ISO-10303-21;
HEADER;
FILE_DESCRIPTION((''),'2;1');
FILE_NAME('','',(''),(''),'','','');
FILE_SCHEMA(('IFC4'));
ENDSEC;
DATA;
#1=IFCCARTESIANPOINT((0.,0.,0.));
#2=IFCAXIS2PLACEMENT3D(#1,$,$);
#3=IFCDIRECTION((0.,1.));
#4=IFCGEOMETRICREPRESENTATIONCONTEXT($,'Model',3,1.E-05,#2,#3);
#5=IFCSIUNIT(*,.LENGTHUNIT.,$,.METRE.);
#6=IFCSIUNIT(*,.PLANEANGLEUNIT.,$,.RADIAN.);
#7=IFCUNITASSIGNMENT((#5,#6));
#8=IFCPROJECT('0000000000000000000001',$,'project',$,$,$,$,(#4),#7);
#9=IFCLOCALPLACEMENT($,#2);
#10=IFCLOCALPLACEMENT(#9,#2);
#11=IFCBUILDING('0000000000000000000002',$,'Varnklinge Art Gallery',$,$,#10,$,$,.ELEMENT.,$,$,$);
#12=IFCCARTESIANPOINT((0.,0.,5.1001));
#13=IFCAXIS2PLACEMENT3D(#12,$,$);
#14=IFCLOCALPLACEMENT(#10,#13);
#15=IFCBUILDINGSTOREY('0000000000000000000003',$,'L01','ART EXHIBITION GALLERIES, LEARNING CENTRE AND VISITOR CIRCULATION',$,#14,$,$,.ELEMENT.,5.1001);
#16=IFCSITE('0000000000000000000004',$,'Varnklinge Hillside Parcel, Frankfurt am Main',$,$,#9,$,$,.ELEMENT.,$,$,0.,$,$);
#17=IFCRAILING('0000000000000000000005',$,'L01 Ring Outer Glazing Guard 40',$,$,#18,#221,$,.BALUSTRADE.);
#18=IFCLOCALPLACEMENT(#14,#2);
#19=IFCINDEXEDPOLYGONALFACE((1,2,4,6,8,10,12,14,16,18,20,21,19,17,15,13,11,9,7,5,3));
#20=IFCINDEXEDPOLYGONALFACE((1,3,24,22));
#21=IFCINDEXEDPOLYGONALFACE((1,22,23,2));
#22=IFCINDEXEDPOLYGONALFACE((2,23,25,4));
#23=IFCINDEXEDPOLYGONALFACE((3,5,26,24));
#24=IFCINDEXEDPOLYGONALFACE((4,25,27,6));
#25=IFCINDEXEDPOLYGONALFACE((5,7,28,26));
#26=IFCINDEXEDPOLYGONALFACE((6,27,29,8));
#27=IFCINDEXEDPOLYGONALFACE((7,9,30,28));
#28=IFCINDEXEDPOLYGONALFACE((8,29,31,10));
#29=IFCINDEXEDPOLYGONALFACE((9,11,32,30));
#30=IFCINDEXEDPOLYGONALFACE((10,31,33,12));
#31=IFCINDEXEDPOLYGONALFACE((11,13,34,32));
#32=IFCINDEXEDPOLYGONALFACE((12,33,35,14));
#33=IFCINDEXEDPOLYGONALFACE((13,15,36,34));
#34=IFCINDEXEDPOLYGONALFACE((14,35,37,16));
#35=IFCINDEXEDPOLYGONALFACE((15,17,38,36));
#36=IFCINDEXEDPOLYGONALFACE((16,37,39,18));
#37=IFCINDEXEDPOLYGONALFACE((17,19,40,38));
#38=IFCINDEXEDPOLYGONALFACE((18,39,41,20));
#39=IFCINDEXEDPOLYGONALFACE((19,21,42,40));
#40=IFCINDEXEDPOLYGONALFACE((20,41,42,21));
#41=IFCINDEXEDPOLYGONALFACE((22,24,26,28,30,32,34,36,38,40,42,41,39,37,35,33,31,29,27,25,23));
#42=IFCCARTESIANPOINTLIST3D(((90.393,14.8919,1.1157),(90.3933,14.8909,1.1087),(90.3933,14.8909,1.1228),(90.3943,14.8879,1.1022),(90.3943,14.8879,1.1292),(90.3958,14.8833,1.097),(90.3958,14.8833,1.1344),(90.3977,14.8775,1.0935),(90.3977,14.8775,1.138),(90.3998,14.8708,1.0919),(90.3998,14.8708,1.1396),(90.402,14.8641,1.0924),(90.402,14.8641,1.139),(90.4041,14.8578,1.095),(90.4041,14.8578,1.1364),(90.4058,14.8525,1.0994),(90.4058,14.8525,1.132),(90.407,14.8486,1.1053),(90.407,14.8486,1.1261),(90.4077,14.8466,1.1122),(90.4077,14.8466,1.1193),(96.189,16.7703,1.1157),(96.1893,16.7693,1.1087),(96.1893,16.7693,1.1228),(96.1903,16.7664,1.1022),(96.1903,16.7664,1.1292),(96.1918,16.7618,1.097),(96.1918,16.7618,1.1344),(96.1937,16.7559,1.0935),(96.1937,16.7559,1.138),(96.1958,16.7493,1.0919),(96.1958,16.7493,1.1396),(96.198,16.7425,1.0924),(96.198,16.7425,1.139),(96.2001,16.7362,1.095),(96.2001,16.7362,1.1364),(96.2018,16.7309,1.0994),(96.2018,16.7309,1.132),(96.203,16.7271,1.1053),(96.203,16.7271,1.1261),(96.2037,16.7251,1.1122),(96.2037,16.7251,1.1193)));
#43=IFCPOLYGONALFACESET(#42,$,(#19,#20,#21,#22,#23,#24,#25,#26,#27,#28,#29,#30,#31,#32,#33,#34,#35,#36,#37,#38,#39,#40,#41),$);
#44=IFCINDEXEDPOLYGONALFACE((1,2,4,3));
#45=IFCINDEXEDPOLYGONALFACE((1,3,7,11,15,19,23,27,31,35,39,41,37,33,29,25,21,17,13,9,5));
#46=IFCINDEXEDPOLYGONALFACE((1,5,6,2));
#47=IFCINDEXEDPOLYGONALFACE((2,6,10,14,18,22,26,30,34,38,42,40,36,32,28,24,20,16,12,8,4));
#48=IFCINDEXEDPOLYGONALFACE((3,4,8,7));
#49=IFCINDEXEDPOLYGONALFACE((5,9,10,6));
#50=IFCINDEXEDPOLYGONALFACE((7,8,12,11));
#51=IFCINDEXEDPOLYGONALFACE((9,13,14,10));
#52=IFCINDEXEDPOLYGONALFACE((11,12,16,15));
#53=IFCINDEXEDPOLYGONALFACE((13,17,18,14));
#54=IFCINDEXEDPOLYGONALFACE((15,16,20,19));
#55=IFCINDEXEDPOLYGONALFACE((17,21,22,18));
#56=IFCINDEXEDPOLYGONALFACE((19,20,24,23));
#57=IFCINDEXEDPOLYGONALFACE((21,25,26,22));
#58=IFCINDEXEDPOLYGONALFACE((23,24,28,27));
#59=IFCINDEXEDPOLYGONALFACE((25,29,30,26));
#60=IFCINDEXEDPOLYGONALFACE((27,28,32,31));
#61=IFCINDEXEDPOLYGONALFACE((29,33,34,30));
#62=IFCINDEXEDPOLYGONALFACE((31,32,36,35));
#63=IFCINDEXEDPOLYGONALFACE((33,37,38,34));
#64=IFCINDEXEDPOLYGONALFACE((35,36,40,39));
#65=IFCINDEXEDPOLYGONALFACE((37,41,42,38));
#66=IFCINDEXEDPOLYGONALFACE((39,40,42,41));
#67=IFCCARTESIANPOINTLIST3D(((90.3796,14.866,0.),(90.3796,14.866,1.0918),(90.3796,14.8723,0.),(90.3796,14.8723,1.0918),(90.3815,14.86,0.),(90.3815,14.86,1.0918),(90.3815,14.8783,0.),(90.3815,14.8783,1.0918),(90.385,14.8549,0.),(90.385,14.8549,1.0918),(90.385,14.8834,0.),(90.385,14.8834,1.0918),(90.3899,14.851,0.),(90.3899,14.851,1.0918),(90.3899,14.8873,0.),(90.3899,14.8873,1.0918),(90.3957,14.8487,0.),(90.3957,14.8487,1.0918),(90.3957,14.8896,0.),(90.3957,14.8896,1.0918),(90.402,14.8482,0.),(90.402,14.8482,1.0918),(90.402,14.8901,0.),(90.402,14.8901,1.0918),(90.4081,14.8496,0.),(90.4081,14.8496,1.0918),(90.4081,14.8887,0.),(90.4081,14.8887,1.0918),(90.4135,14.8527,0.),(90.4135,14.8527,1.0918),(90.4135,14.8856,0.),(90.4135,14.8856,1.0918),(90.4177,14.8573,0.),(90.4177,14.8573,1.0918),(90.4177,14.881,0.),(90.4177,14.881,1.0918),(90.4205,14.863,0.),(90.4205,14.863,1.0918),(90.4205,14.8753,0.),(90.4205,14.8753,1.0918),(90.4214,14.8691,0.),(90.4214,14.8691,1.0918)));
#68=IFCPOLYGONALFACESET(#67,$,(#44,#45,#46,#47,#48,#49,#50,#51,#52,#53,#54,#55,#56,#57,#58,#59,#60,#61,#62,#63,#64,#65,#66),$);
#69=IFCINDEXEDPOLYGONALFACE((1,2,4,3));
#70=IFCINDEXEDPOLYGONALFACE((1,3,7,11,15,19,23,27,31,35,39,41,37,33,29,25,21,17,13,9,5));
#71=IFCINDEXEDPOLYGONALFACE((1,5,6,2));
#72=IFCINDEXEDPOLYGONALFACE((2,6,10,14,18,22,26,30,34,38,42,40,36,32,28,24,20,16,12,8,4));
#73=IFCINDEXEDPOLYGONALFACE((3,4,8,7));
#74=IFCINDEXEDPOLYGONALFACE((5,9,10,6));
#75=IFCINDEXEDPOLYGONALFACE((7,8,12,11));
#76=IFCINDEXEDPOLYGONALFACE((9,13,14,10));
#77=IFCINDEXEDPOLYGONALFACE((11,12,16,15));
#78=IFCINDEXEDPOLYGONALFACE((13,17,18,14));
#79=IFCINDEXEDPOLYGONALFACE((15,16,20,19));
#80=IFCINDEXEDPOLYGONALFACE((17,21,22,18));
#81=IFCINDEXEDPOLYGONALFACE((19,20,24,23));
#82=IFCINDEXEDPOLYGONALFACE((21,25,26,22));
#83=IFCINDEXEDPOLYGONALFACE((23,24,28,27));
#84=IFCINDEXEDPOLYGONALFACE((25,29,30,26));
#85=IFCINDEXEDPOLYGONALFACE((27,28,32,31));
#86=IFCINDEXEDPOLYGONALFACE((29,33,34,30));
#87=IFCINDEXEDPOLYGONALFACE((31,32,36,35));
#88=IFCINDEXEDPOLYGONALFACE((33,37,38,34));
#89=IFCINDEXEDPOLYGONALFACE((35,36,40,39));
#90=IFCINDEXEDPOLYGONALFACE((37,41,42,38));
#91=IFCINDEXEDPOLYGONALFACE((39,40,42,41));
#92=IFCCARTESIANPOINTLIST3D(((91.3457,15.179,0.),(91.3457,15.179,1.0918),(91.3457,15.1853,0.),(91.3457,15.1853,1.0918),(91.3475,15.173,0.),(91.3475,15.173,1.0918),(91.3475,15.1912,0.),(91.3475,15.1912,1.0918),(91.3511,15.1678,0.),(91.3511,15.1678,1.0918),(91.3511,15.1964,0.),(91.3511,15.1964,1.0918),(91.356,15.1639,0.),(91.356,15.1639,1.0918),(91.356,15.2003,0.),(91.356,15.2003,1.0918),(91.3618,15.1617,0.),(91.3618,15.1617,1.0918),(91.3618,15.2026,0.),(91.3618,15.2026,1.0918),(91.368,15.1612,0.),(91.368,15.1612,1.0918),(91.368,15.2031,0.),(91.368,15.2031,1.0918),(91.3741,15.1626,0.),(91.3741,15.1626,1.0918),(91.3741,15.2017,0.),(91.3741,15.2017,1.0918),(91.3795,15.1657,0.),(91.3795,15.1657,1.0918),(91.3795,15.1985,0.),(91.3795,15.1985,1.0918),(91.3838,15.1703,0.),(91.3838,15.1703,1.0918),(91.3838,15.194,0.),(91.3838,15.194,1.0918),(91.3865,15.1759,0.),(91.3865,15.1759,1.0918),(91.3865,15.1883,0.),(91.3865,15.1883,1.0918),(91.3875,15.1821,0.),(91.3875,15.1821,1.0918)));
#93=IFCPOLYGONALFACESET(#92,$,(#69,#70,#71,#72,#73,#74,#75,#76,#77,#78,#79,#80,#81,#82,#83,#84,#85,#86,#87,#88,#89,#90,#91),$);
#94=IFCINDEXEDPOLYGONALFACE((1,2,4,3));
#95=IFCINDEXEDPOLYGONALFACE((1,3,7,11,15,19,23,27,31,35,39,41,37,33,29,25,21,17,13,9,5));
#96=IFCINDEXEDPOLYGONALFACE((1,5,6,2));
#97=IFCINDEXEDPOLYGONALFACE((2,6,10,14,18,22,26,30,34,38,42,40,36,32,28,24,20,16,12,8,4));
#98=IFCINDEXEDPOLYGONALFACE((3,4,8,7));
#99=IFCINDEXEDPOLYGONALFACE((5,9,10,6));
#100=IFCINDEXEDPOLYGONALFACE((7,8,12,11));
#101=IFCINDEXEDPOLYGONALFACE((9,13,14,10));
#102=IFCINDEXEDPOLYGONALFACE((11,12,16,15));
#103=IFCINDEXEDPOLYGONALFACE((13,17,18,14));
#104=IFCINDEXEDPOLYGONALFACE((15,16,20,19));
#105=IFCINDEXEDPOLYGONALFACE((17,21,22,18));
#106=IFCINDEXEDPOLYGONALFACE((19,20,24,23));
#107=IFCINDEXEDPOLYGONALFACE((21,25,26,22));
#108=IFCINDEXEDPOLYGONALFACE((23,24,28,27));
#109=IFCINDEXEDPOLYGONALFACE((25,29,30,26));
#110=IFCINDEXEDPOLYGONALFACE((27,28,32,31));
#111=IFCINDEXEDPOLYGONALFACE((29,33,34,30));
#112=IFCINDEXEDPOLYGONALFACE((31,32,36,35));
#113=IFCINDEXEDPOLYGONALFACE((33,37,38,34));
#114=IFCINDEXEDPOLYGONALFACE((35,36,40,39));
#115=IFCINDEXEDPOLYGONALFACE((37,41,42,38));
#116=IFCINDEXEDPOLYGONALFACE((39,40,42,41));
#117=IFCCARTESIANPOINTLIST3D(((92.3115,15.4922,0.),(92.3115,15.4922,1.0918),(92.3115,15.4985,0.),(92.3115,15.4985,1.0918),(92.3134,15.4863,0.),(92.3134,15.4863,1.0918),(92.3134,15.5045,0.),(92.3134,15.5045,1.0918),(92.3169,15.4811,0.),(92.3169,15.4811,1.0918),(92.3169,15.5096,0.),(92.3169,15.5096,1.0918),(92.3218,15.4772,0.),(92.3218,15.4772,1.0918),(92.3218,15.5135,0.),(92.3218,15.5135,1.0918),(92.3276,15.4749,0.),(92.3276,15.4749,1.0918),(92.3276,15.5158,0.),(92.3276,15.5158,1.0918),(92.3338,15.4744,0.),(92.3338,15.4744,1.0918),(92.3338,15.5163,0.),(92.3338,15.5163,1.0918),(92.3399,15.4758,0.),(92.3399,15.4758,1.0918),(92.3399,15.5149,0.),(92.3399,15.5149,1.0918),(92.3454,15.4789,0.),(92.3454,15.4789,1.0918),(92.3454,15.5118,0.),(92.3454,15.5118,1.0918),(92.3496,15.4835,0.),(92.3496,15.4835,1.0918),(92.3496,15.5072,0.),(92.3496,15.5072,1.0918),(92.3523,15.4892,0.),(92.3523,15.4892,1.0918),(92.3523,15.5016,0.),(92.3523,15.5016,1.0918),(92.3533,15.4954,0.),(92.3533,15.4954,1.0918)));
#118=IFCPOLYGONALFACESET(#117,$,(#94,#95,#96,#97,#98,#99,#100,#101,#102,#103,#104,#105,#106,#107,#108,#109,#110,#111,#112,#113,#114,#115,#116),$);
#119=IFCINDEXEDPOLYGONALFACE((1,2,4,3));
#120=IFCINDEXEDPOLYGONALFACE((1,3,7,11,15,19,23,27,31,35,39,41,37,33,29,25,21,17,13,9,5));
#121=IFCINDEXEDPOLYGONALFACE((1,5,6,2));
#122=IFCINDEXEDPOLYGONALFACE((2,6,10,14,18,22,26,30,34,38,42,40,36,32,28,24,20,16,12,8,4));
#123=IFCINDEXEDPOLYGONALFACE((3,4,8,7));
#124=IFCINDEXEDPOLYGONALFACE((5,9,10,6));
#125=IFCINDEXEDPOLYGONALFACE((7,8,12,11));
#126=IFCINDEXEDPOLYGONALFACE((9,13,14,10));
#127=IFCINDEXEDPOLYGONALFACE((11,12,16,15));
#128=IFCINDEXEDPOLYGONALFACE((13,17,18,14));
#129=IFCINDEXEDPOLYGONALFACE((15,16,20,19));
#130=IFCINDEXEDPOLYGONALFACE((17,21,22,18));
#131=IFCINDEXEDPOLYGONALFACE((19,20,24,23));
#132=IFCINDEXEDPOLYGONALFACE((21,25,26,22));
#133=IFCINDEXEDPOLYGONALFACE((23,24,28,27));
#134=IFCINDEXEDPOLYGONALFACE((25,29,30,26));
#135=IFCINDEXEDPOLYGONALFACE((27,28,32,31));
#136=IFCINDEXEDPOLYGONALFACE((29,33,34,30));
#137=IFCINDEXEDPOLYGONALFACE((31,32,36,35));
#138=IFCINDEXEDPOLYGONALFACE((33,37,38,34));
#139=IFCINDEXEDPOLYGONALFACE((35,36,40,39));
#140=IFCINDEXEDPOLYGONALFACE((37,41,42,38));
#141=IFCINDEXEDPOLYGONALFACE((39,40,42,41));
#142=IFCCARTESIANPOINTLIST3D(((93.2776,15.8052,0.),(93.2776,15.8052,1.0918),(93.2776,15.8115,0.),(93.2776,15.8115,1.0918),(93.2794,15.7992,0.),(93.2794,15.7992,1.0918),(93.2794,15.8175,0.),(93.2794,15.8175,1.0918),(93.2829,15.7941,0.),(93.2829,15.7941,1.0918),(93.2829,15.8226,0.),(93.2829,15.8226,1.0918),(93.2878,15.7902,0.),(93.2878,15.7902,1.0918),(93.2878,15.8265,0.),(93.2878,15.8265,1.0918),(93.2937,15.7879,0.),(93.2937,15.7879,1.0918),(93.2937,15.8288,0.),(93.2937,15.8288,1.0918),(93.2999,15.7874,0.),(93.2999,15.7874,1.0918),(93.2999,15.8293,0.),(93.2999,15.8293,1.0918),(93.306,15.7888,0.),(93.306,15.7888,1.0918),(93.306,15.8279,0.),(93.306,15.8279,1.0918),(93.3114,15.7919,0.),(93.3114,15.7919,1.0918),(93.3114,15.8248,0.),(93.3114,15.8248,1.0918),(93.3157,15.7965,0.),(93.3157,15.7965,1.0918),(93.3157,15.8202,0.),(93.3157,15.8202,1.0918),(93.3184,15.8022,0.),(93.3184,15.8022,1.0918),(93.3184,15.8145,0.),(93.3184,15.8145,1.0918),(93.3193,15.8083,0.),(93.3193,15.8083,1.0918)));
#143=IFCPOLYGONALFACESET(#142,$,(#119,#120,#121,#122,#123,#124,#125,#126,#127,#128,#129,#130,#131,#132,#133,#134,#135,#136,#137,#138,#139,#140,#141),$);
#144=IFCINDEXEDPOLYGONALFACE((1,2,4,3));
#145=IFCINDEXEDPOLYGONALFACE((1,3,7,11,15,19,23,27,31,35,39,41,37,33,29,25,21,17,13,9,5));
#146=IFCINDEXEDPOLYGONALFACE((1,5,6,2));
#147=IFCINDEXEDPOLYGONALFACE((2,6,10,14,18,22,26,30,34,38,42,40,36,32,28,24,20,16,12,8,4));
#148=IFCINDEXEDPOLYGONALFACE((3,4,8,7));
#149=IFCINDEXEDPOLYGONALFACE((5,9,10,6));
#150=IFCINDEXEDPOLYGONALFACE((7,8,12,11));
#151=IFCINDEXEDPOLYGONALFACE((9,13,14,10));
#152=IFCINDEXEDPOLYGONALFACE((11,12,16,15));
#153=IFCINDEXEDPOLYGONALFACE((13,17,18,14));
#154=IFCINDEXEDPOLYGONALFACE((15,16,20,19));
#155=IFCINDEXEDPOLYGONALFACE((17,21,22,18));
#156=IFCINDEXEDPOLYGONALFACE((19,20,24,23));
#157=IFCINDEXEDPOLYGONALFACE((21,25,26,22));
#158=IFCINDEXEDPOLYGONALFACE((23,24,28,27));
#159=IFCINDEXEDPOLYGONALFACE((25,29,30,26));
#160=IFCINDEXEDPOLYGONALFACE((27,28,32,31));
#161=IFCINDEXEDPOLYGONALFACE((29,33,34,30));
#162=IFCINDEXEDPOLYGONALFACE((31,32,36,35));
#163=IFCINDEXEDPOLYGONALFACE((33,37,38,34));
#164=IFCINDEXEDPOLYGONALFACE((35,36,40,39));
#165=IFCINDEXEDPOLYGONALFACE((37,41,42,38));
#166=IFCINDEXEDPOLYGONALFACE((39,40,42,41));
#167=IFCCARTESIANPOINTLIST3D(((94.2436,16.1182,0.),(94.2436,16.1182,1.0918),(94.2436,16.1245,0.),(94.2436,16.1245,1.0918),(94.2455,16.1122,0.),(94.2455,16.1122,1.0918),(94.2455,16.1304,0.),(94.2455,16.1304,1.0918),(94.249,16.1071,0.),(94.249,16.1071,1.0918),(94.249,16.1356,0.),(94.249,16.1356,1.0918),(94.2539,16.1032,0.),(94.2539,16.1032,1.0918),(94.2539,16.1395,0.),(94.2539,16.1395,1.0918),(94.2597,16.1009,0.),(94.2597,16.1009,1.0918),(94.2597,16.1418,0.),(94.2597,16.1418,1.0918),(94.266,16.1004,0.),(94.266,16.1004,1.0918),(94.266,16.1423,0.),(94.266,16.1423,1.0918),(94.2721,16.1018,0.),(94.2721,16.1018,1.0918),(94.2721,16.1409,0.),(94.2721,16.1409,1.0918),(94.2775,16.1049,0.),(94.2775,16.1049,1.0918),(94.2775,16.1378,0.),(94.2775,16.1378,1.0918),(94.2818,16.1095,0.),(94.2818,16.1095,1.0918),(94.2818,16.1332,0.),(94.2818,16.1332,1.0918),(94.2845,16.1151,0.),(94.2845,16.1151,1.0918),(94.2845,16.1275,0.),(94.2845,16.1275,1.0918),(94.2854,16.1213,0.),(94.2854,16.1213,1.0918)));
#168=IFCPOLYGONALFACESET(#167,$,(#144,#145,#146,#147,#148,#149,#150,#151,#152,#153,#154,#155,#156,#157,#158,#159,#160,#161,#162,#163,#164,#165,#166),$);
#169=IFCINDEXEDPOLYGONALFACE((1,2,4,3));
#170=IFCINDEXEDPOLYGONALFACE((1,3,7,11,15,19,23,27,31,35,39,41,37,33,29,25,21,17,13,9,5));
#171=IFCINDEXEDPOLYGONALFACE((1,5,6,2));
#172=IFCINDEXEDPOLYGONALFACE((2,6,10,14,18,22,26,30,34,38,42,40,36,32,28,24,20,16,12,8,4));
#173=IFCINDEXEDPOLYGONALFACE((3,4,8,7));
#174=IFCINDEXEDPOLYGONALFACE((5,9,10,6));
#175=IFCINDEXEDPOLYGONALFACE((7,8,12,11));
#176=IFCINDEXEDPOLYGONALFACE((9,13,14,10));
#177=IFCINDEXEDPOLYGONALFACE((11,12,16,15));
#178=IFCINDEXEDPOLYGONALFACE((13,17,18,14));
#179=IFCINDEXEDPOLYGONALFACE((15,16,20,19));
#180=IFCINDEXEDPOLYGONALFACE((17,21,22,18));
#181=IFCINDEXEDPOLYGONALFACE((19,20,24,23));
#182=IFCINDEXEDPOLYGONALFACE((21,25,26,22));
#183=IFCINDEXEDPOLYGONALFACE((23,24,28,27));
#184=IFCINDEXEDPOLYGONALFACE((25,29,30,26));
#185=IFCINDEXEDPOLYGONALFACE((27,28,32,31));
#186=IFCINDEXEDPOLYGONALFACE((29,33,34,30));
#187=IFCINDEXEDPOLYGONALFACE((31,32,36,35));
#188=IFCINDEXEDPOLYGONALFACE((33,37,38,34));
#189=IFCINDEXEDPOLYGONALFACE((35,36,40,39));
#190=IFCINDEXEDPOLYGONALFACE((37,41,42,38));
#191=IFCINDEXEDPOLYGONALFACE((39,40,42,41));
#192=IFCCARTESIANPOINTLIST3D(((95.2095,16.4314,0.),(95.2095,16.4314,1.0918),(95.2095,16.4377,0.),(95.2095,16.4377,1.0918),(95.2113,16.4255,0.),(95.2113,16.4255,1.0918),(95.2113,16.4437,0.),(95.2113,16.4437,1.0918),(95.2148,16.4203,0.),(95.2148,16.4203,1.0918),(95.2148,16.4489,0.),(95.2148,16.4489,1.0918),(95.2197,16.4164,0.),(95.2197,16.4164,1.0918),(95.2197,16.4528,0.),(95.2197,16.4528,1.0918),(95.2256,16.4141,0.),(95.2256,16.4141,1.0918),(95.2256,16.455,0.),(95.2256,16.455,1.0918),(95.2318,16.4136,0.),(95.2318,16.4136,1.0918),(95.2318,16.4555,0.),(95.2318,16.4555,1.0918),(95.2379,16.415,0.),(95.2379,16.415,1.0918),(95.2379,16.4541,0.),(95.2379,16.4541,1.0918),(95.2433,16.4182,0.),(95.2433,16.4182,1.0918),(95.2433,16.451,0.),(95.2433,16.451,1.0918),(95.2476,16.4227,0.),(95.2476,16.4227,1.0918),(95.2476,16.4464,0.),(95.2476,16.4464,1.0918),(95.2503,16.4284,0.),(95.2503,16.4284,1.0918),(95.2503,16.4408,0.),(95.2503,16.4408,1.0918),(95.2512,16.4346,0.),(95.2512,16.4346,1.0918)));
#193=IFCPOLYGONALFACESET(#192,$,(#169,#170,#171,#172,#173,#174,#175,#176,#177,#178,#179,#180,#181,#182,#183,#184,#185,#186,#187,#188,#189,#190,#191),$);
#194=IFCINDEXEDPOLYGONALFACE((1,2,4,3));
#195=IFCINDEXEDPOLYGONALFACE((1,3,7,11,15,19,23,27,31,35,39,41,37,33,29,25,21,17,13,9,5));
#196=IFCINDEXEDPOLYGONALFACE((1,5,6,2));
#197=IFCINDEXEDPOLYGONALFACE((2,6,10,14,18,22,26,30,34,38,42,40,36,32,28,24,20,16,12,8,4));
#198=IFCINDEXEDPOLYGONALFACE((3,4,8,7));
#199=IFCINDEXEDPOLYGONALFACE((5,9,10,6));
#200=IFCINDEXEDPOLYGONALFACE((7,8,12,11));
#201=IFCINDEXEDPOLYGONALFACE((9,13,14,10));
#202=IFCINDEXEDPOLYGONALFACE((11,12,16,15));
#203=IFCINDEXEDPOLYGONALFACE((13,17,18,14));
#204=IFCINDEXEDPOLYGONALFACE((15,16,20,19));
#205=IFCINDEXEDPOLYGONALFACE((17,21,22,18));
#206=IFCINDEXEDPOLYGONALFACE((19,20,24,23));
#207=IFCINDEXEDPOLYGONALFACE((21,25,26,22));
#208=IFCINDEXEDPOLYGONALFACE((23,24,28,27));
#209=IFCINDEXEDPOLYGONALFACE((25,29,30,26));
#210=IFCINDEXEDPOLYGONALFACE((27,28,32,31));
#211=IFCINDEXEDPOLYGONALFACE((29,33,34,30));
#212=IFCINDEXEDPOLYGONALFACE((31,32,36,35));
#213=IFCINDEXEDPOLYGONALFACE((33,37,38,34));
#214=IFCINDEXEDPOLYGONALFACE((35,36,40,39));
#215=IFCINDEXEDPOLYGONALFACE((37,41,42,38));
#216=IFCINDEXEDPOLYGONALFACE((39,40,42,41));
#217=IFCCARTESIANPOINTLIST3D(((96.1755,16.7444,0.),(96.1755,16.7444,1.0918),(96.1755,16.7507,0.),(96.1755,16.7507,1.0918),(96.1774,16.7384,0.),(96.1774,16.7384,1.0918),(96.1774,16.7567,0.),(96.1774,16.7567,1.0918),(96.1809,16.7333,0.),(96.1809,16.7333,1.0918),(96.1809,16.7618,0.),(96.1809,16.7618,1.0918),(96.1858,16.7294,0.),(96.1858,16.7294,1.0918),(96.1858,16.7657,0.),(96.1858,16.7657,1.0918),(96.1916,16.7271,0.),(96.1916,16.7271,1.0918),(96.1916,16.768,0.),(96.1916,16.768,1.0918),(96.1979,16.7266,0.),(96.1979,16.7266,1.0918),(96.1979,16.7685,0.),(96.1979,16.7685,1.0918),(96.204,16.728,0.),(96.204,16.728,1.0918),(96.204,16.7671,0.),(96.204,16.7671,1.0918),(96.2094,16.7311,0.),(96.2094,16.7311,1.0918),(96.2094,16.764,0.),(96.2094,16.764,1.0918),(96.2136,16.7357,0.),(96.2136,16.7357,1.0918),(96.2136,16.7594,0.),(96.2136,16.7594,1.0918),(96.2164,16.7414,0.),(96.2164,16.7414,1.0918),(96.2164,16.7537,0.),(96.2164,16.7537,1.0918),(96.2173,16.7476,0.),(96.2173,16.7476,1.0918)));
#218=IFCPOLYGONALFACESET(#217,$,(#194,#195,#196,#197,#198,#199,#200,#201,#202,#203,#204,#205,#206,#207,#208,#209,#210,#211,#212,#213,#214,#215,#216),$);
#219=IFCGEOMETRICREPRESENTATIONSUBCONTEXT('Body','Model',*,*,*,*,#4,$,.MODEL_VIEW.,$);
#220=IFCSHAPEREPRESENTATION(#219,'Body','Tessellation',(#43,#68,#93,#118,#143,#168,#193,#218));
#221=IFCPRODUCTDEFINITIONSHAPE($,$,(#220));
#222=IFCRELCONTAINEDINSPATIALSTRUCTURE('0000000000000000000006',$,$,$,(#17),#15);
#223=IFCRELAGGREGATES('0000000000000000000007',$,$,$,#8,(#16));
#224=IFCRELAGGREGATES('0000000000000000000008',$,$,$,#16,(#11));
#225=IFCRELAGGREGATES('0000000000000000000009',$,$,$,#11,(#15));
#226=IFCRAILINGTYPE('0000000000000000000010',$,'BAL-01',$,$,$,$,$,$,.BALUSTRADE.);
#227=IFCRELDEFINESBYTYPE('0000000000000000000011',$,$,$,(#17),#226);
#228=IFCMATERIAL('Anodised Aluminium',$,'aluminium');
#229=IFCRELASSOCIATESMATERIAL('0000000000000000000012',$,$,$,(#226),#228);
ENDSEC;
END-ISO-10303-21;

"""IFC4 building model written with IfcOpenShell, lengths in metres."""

from ifc_helpers import new_model, si_unit, direction, frame, origin, origin_2d, place, context, subcontext, project, spatial, circle, extrude, material, type_object, element, save


model = new_model("IFC4")

# Units and contexts
model_context = context("Model", 3, precision=1e-05, world=origin(), true_north=direction((0.0, 1.0)))
body_context = subcontext(model_context, "Body", "Model", "MODEL_VIEW")
ifc_project = project(units=[si_unit("LENGTHUNIT", "METRE"), si_unit("PLANEANGLEUNIT", "RADIAN")], contexts=[model_context])

# Site, building, storey
site_placement = place(None, origin())
site = spatial("IfcSite", under=ifc_project, at=site_placement, Name="Varnklinge Hillside Parcel, Frankfurt am Main", CompositionType="ELEMENT", RefElevation=0.0)
building_placement = place(site_placement, origin())
building = spatial("IfcBuilding", under=site, at=building_placement, Name="Varnklinge Art Gallery", CompositionType="ELEMENT")
storey_placement = place(building_placement, frame((0.0, 0.0, 5.1001)))
storey = spatial("IfcBuildingStorey", under=building, at=storey_placement, Name="L01", Description="ART EXHIBITION GALLERIES, LEARNING CENTRE AND VISITOR CIRCULATION", CompositionType="ELEMENT", Elevation=5.1001)

# Railing
ifc_material_1 = material(Name="Anodised Aluminium", Category="aluminium")
railing_type = type_object("IfcRailingType", Name="BAL-01", PredefinedType="BALUSTRADE", material=ifc_material_1)
railing_placement = place(storey_placement, frame((90.4004, 14.8691, 0.0)))
element("IfcRailing", 1, at=railing_placement, inside=storey, type_object=railing_type, Name="L01 Ring Outer Glazing Guard 40", PredefinedType="BALUSTRADE", context=body_context, shape_type="SweptSolid", body=[
    extrude(circle(Radius=0.0239, at=origin_2d()), frame((0.0, 0.0, 1.1157), z_axis=(0.951287, 0.308307, 0.0), x_axis=(-0.308307, 0.951287, 0.0)), (0.0, 0.0, 1.0), 6.0928),
    extrude(circle(Radius=0.021, at=origin_2d()), origin(), (0.0, 0.0, 1.0), 1.0918),
    extrude(circle(Radius=0.021, at=origin_2d()), frame((0.9661, 0.313, 0.0)), (0.0, 0.0, 1.0), 1.0918),
    extrude(circle(Radius=0.021, at=origin_2d()), frame((1.9319, 0.6262, 0.0)), (0.0, 0.0, 1.0), 1.0918),
    extrude(circle(Radius=0.021, at=origin_2d()), frame((2.8979, 0.9392, 0.0)), (0.0, 0.0, 1.0), 1.0918),
    extrude(circle(Radius=0.021, at=origin_2d()), frame((3.864, 1.2522, 0.0)), (0.0, 0.0, 1.0), 1.0918),
    extrude(circle(Radius=0.021, at=origin_2d()), frame((4.8298, 1.5654, 0.0)), (0.0, 0.0, 1.0), 1.0918),
    extrude(circle(Radius=0.021, at=origin_2d()), frame((5.7959, 1.8784, 0.0)), (0.0, 0.0, 1.0), 1.0918),
])

save(model, "model.ifc")
